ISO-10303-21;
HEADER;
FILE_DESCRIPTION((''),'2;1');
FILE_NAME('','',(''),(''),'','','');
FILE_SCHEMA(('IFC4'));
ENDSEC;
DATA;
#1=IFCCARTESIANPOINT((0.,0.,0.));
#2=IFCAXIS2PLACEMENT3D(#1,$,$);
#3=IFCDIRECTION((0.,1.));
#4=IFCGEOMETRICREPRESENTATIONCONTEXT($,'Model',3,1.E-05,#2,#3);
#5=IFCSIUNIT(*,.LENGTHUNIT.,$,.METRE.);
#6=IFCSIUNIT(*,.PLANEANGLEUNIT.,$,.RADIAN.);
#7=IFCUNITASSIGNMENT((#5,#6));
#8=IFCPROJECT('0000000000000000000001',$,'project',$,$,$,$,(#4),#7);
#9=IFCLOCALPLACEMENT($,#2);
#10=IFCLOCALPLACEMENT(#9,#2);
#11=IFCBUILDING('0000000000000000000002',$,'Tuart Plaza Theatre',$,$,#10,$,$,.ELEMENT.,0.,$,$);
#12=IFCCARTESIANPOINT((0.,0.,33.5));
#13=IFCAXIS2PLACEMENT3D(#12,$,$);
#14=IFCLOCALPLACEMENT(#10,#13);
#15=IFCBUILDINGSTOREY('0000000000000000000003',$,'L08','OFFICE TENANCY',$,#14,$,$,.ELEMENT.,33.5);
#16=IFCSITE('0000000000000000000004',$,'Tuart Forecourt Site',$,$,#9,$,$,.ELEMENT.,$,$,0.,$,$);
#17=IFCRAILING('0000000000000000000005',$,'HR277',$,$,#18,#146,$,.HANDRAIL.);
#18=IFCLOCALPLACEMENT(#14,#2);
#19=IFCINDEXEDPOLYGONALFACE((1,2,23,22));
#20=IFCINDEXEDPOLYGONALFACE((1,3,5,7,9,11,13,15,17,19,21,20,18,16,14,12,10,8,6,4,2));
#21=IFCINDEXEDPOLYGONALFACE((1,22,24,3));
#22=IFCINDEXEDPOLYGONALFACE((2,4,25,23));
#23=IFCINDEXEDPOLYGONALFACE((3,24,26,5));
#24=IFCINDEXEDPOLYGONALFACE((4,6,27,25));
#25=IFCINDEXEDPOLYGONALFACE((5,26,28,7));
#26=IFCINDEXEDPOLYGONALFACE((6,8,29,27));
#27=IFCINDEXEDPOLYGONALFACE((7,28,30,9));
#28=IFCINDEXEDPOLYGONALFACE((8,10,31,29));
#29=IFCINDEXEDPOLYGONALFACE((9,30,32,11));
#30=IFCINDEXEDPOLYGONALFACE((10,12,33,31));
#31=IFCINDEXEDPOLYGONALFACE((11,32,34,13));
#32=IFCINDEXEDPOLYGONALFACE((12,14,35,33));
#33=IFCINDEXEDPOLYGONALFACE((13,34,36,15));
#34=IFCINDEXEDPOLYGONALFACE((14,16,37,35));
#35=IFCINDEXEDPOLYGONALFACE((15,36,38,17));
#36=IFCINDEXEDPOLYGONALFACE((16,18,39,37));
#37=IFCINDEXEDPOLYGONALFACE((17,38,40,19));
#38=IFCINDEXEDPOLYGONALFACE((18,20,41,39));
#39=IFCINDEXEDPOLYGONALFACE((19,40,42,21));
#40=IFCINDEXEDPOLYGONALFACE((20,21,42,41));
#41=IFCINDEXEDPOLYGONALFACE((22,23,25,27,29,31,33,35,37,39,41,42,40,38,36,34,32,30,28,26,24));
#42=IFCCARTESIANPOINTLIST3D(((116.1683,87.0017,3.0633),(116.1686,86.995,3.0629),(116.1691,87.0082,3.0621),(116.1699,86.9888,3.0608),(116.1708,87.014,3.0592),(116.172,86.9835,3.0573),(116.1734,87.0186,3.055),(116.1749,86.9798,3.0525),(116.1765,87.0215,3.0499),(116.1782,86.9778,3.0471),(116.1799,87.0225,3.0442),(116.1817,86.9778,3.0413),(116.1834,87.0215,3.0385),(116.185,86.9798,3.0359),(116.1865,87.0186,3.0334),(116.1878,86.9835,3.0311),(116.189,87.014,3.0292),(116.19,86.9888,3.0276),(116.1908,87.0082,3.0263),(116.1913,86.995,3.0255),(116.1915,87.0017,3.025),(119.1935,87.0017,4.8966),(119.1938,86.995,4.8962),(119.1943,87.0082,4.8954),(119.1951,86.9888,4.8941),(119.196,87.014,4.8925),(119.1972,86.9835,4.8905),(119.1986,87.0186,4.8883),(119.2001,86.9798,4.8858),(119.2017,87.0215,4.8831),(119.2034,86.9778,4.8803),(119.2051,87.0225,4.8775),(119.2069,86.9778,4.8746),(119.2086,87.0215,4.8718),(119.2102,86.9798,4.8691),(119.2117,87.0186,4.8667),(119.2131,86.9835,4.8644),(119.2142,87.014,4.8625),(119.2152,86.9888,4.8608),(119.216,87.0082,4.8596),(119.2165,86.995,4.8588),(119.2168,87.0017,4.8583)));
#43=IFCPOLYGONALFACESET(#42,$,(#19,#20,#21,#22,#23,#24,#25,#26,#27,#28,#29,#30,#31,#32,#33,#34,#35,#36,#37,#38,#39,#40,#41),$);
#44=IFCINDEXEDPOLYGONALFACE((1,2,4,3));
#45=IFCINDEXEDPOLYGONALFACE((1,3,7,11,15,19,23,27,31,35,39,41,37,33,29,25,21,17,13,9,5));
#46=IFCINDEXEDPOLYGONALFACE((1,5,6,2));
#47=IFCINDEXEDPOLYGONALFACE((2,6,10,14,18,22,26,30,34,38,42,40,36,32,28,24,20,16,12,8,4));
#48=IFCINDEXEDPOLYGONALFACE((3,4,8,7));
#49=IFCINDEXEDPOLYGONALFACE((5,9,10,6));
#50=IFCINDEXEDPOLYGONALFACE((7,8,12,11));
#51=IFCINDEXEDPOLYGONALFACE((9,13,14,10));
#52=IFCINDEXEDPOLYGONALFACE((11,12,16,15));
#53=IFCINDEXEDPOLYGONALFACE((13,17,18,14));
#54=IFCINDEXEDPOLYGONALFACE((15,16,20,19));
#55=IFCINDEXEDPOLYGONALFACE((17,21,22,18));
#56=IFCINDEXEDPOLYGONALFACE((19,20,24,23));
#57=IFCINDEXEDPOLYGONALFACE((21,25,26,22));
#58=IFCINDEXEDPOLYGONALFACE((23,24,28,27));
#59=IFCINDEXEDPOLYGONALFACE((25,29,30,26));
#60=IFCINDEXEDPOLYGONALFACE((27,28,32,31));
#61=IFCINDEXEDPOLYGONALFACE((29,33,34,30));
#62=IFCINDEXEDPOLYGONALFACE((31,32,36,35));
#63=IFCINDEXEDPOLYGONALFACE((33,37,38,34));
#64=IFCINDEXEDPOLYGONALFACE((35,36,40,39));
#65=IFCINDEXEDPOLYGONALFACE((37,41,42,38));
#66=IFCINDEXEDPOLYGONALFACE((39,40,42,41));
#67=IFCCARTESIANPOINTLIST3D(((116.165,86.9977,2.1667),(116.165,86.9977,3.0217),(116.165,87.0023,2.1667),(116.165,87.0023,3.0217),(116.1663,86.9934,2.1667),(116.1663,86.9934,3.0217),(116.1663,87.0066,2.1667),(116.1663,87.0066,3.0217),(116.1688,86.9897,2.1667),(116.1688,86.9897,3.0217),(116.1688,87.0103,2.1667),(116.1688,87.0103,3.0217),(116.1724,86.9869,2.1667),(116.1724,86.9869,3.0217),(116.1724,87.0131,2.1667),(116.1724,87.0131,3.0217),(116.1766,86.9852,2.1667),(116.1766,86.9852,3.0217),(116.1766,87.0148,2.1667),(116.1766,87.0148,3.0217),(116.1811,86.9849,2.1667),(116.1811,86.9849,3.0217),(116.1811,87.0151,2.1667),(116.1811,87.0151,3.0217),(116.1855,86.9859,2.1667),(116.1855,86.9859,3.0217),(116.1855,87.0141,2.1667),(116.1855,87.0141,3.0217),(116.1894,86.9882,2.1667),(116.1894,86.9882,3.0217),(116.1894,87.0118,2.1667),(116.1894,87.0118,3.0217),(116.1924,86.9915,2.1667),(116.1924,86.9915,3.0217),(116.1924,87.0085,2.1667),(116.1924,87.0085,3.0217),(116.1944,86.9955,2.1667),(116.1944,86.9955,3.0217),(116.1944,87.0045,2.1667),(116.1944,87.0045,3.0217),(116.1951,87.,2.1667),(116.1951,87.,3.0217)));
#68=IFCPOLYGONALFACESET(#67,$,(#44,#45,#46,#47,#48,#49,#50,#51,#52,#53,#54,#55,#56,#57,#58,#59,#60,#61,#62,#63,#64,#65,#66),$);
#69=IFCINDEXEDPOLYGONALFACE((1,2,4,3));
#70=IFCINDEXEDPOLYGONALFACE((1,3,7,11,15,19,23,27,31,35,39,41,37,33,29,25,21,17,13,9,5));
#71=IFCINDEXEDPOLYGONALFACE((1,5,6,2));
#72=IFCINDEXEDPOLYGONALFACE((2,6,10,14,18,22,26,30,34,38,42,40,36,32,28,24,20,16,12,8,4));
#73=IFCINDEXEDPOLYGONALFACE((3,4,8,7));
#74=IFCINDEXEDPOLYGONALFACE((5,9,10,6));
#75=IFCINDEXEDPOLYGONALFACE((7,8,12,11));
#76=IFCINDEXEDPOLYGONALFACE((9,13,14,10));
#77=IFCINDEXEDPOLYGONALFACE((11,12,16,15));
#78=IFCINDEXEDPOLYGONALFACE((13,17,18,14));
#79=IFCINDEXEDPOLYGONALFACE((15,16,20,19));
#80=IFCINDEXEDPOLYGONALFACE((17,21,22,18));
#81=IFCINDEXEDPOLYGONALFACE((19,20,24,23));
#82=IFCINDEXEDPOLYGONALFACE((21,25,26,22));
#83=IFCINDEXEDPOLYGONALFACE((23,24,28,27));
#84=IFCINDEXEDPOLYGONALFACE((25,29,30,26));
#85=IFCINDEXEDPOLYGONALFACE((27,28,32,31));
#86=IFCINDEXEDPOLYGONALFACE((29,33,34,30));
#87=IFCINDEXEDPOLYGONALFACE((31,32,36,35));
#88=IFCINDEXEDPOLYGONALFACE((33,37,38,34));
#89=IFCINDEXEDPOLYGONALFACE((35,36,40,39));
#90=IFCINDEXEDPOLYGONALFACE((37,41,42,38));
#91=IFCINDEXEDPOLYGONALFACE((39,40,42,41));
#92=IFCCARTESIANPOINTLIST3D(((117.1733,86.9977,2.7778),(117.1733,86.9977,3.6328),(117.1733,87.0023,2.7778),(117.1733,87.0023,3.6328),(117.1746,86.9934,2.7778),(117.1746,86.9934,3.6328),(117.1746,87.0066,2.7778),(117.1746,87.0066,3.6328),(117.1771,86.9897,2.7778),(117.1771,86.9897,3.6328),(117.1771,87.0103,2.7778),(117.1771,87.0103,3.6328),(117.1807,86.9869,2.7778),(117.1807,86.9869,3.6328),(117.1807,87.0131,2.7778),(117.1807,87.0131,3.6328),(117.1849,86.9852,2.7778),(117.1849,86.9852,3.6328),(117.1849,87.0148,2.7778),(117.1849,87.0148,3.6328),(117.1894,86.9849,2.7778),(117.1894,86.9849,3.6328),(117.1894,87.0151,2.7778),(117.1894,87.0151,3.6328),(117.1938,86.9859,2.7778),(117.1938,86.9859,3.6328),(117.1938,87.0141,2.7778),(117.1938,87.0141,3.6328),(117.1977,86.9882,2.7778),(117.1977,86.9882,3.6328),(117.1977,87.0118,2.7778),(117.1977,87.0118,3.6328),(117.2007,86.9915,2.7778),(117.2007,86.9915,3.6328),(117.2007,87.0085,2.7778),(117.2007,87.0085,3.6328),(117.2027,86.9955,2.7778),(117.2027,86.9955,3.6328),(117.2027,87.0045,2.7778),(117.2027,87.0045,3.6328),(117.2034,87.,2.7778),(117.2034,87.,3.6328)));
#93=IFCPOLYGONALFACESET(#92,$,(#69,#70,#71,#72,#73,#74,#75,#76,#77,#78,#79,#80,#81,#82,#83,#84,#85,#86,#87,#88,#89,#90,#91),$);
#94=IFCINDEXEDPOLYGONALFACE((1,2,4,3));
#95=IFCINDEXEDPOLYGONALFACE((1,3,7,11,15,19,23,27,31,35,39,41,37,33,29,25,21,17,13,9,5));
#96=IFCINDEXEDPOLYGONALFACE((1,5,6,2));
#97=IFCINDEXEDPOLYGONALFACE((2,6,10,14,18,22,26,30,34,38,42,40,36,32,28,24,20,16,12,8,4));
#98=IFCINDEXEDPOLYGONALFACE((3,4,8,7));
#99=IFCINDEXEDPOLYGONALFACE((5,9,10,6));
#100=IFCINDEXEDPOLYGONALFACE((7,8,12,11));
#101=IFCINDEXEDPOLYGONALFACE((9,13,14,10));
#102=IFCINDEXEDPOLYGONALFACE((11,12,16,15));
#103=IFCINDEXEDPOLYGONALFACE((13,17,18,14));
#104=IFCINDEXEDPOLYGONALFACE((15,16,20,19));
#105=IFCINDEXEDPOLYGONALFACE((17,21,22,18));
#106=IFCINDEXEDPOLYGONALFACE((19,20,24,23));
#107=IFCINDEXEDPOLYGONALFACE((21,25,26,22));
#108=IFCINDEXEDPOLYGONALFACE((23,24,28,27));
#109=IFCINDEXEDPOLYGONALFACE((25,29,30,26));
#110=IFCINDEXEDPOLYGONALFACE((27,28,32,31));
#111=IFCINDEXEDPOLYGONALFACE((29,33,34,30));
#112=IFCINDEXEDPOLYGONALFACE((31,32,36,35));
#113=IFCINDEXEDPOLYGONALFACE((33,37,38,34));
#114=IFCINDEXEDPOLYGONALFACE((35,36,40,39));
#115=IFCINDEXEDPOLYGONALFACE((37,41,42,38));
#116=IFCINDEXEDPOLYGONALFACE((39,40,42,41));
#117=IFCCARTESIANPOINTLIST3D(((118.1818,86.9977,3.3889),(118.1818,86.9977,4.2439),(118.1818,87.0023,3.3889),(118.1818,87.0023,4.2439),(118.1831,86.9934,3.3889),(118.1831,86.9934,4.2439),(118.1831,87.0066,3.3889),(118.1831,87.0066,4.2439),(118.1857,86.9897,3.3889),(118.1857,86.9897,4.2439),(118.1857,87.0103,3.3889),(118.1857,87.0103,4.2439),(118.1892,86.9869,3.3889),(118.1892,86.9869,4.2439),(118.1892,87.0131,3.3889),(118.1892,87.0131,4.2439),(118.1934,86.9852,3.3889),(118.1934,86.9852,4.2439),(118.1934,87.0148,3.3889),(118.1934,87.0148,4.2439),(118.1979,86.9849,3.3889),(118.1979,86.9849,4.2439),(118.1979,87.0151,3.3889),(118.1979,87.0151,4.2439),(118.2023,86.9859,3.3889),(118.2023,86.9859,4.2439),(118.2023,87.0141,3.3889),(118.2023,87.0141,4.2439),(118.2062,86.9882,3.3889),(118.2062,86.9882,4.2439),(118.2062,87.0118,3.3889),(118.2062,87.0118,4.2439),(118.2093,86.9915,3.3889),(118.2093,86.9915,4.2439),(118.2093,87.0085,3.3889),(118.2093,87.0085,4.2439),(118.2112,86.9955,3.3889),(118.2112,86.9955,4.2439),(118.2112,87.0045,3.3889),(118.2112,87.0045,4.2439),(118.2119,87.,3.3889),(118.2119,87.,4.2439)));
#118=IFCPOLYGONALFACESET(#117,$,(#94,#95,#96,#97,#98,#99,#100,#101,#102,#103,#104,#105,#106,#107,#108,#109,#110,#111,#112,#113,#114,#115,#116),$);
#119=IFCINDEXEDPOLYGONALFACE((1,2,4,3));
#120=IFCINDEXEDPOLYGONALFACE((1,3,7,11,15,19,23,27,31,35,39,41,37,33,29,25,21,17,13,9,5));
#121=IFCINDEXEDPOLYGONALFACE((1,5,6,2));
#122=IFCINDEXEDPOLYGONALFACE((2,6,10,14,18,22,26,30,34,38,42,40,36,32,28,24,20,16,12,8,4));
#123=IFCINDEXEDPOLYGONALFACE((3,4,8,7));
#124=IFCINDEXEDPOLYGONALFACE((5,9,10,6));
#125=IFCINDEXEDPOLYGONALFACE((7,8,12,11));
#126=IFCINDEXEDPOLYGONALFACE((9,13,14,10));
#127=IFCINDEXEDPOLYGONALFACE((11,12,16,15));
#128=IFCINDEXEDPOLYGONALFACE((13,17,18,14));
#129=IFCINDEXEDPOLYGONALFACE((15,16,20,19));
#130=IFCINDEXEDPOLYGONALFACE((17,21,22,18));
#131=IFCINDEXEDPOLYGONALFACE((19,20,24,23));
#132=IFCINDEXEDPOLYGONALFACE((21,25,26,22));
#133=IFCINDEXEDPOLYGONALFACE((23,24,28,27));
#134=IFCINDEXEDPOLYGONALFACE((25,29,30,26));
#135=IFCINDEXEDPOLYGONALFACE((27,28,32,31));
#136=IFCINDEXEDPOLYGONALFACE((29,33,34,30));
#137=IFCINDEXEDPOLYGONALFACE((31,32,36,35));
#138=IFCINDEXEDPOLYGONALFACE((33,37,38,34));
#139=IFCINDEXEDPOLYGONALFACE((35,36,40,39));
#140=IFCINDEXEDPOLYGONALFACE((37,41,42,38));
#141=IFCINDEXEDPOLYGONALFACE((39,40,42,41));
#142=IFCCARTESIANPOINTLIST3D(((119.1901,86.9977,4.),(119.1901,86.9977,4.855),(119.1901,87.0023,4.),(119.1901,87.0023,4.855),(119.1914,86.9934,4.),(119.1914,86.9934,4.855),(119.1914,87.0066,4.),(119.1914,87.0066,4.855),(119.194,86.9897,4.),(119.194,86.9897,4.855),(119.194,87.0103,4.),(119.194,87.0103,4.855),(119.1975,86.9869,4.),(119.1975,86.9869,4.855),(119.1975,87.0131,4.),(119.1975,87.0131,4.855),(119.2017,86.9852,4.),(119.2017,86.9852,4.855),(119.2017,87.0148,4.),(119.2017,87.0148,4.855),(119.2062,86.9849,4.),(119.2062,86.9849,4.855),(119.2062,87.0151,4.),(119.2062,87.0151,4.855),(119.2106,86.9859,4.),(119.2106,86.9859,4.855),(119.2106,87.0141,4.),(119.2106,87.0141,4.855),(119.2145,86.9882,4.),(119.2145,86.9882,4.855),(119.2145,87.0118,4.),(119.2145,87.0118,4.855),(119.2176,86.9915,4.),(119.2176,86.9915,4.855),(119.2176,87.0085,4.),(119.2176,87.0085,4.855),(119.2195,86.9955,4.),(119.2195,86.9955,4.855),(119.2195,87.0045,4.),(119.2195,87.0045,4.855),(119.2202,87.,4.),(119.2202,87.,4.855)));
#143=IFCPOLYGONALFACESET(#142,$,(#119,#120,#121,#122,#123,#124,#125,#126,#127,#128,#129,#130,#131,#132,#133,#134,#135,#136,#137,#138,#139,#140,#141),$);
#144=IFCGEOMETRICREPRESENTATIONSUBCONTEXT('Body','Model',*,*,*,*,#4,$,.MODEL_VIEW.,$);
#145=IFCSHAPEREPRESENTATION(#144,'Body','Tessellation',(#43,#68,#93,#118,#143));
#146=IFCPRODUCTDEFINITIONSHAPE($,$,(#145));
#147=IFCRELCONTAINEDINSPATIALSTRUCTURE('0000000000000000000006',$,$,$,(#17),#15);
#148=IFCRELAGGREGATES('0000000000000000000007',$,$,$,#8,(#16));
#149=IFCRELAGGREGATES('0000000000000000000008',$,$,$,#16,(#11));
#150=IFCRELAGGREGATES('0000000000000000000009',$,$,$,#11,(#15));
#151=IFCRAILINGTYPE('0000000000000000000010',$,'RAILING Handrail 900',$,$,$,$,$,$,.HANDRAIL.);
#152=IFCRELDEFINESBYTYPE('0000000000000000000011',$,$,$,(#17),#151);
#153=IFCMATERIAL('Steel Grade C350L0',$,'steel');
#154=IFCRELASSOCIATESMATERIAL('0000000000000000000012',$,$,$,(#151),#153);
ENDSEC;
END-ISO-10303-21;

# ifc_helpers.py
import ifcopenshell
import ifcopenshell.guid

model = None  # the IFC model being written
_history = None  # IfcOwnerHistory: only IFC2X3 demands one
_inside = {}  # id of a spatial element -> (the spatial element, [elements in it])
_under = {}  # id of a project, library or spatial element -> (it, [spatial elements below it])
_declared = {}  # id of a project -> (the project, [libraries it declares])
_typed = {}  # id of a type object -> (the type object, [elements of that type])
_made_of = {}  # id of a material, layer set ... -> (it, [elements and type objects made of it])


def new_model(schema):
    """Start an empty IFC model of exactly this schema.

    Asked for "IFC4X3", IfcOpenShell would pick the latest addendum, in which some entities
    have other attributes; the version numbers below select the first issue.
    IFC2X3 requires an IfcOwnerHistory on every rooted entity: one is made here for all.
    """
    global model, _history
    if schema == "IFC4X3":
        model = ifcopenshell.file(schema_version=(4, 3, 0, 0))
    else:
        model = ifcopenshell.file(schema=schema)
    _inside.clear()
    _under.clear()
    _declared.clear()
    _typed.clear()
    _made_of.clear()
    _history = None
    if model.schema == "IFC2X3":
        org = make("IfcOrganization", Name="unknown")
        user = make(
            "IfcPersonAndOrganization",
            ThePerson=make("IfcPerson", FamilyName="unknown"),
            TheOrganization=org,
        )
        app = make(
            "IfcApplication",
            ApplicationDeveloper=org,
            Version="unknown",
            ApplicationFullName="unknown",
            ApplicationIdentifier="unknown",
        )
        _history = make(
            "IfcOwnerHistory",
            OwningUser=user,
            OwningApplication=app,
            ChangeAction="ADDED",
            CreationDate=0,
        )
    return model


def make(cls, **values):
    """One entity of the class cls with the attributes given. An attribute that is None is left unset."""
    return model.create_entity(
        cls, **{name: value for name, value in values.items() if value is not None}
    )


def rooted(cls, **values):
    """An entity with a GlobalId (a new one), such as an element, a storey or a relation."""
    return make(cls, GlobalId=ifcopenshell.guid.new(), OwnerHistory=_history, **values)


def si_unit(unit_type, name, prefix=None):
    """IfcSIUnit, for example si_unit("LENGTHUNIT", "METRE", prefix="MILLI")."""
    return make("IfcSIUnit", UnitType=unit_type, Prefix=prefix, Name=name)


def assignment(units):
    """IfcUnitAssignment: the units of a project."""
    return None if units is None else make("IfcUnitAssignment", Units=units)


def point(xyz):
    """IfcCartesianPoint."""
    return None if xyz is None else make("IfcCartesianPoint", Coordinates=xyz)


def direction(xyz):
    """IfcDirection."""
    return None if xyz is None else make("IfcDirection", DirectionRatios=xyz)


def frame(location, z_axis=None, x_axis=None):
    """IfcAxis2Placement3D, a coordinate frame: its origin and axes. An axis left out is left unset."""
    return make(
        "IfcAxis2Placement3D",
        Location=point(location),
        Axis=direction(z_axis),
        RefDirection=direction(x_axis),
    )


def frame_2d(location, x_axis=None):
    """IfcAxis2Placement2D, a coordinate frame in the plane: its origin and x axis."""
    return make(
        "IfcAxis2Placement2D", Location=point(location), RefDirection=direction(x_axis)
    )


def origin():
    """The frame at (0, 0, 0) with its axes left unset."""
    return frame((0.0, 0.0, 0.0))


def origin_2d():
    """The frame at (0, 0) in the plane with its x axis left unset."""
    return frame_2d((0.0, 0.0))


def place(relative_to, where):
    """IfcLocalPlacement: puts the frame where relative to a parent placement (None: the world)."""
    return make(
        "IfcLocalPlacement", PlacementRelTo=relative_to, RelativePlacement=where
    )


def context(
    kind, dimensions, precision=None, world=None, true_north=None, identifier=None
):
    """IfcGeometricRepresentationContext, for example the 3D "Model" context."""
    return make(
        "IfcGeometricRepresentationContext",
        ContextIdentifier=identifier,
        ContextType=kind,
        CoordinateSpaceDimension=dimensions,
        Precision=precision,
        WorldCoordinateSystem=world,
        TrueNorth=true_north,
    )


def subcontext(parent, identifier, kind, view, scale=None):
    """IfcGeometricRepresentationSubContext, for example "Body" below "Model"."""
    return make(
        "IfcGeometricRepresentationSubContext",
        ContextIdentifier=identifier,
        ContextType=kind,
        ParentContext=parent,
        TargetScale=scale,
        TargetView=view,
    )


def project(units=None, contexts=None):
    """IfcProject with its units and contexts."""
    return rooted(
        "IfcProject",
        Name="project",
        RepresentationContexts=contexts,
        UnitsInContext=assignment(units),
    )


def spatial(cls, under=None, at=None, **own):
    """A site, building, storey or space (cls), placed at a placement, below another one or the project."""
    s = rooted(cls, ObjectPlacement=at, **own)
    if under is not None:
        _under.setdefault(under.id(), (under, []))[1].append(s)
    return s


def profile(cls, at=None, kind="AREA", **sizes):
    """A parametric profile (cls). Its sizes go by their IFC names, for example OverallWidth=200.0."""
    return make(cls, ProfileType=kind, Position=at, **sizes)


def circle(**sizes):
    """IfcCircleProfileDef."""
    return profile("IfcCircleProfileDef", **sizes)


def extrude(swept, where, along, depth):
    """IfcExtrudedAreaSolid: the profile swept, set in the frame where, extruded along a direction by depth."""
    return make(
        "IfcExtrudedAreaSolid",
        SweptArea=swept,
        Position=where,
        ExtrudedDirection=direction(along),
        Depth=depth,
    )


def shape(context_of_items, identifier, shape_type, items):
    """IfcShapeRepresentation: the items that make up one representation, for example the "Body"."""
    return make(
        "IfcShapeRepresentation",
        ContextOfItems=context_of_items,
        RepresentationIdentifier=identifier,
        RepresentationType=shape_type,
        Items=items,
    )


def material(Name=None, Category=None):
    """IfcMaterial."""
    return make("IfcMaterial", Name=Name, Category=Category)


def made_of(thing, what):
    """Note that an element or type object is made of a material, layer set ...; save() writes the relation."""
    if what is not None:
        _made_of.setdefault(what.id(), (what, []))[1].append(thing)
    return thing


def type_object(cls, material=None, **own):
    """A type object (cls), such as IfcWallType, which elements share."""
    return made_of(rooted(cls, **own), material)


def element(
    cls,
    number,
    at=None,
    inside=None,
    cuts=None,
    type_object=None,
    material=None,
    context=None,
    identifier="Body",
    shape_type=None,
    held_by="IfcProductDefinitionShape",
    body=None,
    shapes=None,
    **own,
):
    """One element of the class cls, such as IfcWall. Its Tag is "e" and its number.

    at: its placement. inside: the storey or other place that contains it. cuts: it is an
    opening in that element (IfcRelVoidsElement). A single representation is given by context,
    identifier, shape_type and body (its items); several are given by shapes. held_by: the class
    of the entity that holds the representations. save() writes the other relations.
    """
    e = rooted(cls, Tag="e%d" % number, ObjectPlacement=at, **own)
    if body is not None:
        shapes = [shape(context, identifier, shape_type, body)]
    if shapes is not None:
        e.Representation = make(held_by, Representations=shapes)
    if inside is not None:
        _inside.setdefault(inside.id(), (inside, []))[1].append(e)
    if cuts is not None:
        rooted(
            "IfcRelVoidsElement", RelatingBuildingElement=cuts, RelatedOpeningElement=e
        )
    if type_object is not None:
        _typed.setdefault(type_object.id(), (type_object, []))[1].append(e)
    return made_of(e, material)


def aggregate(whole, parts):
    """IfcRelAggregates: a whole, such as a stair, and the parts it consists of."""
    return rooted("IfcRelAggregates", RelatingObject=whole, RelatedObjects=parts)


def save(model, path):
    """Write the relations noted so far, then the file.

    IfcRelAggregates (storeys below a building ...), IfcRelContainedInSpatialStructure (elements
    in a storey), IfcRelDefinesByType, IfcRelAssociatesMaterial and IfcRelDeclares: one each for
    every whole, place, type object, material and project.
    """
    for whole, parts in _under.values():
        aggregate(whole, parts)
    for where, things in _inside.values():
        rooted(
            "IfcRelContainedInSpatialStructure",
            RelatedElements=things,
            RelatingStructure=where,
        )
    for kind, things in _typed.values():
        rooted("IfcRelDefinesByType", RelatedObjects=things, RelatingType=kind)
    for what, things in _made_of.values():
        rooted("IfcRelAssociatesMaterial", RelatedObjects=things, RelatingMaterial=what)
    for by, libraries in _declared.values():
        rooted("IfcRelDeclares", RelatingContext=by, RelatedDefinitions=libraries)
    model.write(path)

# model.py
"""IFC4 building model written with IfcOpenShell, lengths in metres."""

from ifc_helpers import new_model, si_unit, direction, frame, origin, origin_2d, place, context, subcontext, project, spatial, circle, extrude, material, type_object, element, save


model = new_model("IFC4")

# Units and contexts
model_context = context("Model", 3, precision=1e-05, world=origin(), true_north=direction((0.0, 1.0)))
body_context = subcontext(model_context, "Body", "Model", "MODEL_VIEW")
ifc_project = project(units=[si_unit("LENGTHUNIT", "METRE"), si_unit("PLANEANGLEUNIT", "RADIAN")], contexts=[model_context])

# Site, building, storey
site_placement = place(None, origin())
site = spatial("IfcSite", under=ifc_project, at=site_placement, Name="Tuart Forecourt Site", CompositionType="ELEMENT", RefElevation=0.0)
building_placement = place(site_placement, origin())
building = spatial("IfcBuilding", under=site, at=building_placement, Name="Tuart Plaza Theatre", CompositionType="ELEMENT", ElevationOfRefHeight=0.0)
storey_placement = place(building_placement, frame((0.0, 0.0, 33.5)))
storey = spatial("IfcBuildingStorey", under=building, at=storey_placement, Name="L08", Description="OFFICE TENANCY", CompositionType="ELEMENT", Elevation=33.5)

# Railing
ifc_material_1 = material(Name="Steel Grade C350L0", Category="steel")
railing_type_1 = type_object("IfcRailingType", Name="RAILING Handrail 900", PredefinedType="HANDRAIL", material=ifc_material_1)
for number, where, name in (
    (1, (116.1799, 87.0, 2.1667), "HR277"),
):
    element("IfcRailing", number, at=place(storey_placement, frame(where)), inside=storey, type_object=railing_type_1, Name=name, PredefinedType="HANDRAIL", context=body_context, shape_type="SweptSolid", body=[
        extrude(circle(Radius=0.0225, at=origin_2d()), frame((0.0, 0.0, 0.8774), z_axis=(0.855219, 0.0, 0.518267), x_axis=(0.0, 1.0, 0.0)), (0.0, 0.0, 1.0), 3.5374),
        extrude(circle(Radius=0.0151, at=origin_2d()), origin(), (0.0, 0.0, 1.0), 0.855),
        extrude(circle(Radius=0.0151, at=origin_2d()), frame((1.0083, 0.0, 0.6111)), (0.0, 0.0, 1.0), 0.855),
        extrude(circle(Radius=0.0151, at=origin_2d()), frame((2.0168, 0.0, 1.2222)), (0.0, 0.0, 1.0), 0.855),
        extrude(circle(Radius=0.0151, at=origin_2d()), frame((3.0251, 0.0, 1.8333)), (0.0, 0.0, 1.0), 0.855),
    ])

save(model, "model.ifc")
